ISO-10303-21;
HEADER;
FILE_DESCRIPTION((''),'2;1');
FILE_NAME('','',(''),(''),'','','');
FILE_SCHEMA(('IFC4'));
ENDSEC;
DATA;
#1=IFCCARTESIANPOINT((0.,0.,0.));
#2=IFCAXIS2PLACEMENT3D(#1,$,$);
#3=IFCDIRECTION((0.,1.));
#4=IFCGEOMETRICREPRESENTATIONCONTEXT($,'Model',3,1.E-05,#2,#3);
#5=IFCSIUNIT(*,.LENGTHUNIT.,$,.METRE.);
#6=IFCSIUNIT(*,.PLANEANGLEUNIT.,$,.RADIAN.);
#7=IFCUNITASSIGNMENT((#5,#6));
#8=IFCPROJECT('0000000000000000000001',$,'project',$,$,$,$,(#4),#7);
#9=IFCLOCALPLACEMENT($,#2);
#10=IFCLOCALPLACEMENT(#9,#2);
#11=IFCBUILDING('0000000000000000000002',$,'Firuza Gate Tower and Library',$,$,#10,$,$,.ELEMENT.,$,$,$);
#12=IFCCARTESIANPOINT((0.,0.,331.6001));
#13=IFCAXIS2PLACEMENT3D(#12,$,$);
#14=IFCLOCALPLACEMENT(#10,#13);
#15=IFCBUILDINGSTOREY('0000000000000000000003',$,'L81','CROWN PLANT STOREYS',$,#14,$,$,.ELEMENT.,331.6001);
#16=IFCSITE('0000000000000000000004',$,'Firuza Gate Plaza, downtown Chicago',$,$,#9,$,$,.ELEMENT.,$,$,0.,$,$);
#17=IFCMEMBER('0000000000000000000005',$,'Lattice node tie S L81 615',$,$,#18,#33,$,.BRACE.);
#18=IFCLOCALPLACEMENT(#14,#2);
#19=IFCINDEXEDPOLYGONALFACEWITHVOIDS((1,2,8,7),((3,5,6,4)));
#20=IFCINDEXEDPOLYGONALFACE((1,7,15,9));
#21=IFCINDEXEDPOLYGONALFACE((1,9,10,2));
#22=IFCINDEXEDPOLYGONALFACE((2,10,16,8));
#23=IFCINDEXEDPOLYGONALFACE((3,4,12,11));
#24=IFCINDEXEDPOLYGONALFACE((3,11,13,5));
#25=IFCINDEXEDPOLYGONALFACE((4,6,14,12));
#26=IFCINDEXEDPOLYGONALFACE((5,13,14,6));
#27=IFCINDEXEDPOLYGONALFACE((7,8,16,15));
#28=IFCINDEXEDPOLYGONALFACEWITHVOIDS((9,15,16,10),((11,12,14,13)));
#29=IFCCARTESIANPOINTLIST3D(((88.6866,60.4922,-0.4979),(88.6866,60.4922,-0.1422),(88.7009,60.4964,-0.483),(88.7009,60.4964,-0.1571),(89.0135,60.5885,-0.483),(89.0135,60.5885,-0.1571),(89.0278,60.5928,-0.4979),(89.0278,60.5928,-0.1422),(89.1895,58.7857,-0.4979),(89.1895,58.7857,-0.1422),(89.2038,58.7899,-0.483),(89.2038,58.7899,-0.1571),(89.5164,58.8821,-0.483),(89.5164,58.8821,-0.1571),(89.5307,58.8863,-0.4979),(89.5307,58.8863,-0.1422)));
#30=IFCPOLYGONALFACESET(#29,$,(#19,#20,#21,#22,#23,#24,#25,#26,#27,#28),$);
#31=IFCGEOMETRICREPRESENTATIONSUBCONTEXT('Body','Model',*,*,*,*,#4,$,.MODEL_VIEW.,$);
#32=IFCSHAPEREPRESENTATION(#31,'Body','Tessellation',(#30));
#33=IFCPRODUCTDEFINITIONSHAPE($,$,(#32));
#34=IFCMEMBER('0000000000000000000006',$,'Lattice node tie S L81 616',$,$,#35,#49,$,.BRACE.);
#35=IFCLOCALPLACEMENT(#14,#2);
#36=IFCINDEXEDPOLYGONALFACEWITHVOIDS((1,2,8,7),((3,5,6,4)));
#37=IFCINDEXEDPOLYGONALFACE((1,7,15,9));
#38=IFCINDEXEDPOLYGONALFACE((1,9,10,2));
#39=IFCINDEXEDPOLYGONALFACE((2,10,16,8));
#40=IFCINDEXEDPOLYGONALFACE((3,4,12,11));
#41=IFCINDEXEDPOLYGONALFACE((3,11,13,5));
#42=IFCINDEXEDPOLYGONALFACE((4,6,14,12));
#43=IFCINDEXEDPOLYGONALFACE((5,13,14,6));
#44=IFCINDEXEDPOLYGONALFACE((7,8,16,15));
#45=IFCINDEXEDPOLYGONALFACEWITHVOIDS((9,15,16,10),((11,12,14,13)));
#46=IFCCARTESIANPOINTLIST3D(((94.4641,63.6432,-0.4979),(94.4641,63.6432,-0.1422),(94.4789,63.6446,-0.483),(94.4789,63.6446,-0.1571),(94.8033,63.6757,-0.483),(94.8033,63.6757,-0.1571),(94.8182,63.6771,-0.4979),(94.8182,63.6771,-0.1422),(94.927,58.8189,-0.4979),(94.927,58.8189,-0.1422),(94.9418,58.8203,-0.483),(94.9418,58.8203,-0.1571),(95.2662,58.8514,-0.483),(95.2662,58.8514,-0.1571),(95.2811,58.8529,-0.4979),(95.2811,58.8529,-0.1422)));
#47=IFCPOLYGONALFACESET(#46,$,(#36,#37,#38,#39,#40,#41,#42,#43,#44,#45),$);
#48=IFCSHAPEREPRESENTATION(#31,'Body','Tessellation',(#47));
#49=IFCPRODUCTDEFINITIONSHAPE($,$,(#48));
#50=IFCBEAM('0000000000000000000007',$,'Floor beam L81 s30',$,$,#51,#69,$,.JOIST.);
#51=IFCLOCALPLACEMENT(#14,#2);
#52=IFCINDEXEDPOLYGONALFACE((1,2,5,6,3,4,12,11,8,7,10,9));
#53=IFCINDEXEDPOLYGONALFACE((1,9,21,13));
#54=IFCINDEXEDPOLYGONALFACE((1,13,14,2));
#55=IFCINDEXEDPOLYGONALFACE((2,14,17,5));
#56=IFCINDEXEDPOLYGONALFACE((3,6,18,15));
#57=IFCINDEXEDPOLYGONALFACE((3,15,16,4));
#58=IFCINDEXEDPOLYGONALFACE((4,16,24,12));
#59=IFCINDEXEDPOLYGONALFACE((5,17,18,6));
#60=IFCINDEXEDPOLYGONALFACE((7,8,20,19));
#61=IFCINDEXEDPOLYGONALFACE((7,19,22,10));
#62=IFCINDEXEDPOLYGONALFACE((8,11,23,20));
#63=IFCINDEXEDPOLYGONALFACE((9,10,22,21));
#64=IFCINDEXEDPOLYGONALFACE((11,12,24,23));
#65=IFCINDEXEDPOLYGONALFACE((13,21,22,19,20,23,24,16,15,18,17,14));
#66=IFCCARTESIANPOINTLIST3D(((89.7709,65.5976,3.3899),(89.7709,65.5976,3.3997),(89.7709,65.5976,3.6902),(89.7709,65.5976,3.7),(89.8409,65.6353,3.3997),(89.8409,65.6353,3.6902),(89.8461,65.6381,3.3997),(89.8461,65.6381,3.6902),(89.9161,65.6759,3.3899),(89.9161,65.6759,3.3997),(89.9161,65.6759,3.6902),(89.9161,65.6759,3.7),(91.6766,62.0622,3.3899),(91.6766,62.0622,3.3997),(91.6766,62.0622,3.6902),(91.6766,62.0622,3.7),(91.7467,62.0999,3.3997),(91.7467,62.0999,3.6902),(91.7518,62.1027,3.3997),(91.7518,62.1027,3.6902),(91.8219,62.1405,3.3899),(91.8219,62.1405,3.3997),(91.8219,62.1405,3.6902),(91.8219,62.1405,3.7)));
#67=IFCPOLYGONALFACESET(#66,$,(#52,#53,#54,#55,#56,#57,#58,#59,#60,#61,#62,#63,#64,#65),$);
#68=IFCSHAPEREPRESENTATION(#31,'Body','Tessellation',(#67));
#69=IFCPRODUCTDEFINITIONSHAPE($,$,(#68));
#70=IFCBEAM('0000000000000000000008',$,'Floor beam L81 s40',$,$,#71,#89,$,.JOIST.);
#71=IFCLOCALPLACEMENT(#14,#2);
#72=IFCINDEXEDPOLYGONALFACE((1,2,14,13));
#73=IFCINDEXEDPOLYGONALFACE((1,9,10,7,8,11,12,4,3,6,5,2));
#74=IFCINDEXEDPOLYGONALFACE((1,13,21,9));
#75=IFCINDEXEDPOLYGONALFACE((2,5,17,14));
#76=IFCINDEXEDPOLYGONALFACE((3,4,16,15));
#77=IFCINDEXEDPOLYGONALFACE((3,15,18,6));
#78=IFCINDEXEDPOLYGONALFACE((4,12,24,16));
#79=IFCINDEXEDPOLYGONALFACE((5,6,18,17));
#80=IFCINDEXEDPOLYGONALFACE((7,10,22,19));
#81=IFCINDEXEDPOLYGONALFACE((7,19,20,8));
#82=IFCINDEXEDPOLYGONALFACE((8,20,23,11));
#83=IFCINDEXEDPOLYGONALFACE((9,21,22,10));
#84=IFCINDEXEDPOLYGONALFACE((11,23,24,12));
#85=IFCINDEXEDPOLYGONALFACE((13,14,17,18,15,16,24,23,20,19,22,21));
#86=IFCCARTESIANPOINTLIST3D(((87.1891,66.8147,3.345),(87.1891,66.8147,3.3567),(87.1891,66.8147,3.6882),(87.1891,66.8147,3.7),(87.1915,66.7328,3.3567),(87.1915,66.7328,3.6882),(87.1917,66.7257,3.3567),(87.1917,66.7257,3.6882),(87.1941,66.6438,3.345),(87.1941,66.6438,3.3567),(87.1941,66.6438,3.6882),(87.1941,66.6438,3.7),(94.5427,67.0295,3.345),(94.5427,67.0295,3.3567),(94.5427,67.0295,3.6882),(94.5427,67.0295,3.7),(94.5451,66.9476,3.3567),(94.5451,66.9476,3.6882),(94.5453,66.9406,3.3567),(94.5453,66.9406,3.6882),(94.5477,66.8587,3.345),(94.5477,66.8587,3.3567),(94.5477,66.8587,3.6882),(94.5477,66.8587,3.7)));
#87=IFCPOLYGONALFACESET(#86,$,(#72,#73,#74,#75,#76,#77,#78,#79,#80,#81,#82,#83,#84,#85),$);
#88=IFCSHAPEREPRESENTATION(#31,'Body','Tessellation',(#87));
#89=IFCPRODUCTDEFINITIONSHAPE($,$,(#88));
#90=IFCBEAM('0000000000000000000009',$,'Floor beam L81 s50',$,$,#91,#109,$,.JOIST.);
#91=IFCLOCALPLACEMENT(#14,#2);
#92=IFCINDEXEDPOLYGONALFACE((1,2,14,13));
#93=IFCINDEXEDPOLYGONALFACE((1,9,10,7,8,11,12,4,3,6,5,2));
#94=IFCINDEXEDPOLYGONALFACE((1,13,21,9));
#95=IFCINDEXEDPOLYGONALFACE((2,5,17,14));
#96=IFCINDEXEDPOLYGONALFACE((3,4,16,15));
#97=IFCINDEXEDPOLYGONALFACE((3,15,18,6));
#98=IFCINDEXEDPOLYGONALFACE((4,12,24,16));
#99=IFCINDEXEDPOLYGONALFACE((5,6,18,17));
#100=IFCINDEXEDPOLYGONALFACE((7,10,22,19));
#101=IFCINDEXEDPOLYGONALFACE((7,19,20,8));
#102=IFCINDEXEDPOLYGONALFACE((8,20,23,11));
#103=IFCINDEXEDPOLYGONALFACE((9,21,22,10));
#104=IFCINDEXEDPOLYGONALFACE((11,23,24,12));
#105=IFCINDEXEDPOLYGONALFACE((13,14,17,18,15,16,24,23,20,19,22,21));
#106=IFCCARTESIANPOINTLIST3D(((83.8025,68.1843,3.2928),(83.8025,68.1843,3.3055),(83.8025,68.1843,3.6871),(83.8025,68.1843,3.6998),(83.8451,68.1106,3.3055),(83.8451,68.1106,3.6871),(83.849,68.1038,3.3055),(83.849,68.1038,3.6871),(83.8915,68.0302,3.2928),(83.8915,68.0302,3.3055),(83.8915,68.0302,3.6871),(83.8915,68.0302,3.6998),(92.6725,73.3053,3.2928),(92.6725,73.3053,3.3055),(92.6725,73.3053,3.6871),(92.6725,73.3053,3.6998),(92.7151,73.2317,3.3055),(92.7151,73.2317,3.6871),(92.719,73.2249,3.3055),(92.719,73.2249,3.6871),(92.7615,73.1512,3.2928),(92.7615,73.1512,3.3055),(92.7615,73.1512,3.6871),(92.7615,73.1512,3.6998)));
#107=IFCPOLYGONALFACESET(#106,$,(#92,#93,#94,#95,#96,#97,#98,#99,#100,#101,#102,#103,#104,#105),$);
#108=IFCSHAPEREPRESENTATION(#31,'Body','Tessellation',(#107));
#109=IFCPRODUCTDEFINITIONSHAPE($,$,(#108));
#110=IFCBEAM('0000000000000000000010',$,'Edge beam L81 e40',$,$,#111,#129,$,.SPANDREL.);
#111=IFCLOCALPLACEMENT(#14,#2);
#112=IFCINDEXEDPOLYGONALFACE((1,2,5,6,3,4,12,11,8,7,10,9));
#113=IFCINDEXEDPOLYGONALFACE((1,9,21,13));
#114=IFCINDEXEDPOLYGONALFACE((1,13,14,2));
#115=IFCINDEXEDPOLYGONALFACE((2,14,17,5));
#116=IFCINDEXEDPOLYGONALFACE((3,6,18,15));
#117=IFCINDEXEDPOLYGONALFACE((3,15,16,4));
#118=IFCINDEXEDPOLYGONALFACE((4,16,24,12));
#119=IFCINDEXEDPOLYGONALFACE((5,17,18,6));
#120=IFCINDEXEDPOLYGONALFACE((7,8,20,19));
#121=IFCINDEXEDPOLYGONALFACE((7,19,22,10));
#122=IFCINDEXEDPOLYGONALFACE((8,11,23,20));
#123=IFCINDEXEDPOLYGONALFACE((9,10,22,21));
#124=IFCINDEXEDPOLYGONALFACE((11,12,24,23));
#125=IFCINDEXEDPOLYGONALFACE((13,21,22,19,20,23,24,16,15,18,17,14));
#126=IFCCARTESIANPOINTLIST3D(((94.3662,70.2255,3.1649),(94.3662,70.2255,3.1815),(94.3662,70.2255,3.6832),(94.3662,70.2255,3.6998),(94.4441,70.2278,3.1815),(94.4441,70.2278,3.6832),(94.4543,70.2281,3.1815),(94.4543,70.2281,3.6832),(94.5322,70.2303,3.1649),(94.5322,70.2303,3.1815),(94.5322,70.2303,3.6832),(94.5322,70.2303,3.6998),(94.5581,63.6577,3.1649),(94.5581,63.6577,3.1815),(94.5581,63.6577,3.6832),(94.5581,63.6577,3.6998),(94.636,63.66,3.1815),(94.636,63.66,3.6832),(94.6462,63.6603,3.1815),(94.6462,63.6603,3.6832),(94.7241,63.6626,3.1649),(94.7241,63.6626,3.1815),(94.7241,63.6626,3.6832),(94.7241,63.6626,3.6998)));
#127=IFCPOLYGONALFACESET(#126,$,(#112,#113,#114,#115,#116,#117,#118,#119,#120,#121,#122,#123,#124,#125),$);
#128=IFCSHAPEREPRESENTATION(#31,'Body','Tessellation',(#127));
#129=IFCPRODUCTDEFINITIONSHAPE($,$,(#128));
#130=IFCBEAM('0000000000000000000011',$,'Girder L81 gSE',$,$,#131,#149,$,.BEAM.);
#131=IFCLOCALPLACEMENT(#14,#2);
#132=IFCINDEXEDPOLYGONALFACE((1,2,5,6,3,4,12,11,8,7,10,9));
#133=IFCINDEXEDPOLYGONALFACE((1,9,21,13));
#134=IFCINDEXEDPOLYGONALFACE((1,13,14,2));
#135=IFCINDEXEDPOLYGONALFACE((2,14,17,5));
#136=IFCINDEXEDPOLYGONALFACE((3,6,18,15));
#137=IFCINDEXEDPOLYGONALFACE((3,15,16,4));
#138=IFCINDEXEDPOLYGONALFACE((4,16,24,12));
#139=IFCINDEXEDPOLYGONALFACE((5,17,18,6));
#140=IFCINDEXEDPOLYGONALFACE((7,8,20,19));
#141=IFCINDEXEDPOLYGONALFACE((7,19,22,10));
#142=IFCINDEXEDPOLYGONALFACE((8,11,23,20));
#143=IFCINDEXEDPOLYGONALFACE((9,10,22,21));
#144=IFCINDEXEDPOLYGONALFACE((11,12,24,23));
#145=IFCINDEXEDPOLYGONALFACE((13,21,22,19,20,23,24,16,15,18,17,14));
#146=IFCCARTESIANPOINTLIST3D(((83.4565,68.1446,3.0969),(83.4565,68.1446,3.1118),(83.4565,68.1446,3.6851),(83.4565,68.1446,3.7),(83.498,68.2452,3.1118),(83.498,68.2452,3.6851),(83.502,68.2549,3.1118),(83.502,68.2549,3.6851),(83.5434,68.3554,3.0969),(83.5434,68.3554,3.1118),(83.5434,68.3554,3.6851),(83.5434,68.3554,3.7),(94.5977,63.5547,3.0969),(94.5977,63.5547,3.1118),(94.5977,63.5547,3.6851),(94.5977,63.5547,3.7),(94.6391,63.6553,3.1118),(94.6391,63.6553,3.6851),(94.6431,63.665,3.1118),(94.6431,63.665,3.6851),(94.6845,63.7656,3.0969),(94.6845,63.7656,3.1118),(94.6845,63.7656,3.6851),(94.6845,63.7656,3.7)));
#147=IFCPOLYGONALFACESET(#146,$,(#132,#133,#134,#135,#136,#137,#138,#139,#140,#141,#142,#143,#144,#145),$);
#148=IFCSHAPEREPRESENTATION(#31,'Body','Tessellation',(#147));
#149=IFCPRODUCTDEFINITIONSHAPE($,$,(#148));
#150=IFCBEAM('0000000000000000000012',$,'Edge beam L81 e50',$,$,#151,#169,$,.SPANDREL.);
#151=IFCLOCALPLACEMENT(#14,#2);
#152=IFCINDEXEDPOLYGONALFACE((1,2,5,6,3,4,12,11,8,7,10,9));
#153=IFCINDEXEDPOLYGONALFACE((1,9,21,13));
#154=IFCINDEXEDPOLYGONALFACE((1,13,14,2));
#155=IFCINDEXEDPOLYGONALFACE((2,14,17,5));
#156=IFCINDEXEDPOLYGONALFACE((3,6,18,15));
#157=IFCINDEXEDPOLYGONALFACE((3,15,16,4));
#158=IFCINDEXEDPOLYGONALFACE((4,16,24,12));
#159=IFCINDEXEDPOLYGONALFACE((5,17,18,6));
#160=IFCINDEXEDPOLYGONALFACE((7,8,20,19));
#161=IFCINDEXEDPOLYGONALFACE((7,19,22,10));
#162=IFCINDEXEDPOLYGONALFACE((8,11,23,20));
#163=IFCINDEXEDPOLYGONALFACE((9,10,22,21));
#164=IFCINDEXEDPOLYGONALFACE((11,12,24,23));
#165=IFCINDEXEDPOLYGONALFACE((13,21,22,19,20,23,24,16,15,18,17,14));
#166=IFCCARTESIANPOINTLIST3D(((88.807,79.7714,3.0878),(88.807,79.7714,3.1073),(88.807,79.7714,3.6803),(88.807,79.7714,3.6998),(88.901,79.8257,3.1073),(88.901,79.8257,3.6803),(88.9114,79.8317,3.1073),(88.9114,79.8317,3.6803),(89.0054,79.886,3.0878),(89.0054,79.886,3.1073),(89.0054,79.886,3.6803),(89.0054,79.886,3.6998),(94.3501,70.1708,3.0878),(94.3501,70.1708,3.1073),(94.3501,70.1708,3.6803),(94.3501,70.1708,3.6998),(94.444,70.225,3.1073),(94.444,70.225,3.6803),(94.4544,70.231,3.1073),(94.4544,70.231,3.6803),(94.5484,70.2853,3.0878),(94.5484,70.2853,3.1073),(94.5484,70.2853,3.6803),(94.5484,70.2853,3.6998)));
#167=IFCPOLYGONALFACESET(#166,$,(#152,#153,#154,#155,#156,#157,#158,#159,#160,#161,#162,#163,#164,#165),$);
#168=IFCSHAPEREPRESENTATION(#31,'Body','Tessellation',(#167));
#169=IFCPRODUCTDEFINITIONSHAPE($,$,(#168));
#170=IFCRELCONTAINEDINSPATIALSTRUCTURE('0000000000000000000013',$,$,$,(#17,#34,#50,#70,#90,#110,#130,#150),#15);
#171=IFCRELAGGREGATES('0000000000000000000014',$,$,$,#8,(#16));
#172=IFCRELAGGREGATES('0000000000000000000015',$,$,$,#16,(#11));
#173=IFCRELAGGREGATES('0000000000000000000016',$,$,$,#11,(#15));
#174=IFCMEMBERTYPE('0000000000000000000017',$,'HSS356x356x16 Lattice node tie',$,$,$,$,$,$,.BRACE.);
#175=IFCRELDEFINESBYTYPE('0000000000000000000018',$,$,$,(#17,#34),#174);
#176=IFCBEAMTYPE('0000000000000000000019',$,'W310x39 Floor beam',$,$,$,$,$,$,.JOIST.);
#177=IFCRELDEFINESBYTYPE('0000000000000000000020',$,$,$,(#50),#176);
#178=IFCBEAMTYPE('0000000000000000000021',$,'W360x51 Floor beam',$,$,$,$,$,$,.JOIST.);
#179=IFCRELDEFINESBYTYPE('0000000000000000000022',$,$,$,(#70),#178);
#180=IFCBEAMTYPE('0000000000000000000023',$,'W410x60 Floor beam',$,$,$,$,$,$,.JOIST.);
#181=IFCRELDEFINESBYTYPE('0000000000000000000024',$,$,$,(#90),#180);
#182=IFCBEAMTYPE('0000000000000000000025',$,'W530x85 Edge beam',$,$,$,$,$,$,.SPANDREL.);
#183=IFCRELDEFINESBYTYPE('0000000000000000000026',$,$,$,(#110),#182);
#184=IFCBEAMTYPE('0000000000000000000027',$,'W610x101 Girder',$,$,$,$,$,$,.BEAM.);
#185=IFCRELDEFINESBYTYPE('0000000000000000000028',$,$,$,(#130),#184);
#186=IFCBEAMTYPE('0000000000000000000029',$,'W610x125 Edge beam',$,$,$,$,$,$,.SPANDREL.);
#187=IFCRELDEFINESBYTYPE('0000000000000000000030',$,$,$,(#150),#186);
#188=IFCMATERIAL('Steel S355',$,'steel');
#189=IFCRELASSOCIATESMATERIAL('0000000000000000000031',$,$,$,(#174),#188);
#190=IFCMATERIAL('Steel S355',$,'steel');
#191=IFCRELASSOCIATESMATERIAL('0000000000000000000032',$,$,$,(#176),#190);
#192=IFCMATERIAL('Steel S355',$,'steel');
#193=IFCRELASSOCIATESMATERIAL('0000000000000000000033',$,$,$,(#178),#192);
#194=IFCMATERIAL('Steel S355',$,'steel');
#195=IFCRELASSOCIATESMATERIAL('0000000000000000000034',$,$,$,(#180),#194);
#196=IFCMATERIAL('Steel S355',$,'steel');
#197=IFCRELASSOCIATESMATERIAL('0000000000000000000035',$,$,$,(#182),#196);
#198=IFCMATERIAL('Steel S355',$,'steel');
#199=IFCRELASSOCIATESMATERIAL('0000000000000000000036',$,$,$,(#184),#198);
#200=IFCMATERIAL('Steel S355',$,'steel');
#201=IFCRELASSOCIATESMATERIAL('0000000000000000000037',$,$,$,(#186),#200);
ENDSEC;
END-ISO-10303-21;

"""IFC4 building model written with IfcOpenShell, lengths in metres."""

from ifc_helpers import new_model, si_unit, direction, frame, origin, origin_2d, place, context, subcontext, project, spatial, hollow_rectangle, i_section, extrude, material, material_profile, profile_set, type_object, element, save


model = new_model("IFC4")

# Units and contexts
model_context = context("Model", 3, precision=1e-05, world=origin(), true_north=direction((0.0, 1.0)))
body_context = subcontext(model_context, "Body", "Model", "MODEL_VIEW")
ifc_project = project(units=[si_unit("LENGTHUNIT", "METRE"), si_unit("PLANEANGLEUNIT", "RADIAN")], contexts=[model_context])

# Site, building, storey
site_placement = place(None, origin())
site = spatial("IfcSite", under=ifc_project, at=site_placement, Name="Firuza Gate Plaza, downtown Chicago", CompositionType="ELEMENT", RefElevation=0.0)
building_placement = place(site_placement, origin())
building = spatial("IfcBuilding", under=site, at=building_placement, Name="Firuza Gate Tower and Library", CompositionType="ELEMENT")
storey_placement = place(building_placement, frame((0.0, 0.0, 331.6001)))
storey = spatial("IfcBuildingStorey", under=building, at=storey_placement, Name="L81", Description="CROWN PLANT STOREYS", CompositionType="ELEMENT", Elevation=331.6001)

# Members
ifc_material_1 = material(Name="Steel S355", Category="steel")
ifc_material_profile_1 = material_profile(ifc_material_1, hollow_rectangle(XDim=0.3557, YDim=0.3557, WallThickness=0.0149, at=origin_2d()))
ifc_profile_set_1 = profile_set([ifc_material_profile_1], Name="Steel S355")
member_type_1 = type_object("IfcMemberType", Name="HSS356x356x16 Lattice node tie", PredefinedType="BRACE", material=ifc_profile_set_1)
member_1_placement = place(storey_placement, frame((88.8572, 60.5425, -0.3201), z_axis=(0.282686, -0.959212, 0.0), x_axis=(0.959212, 0.282686, 0.0)))
element("IfcMember", 1, at=member_1_placement, inside=storey, type_object=member_type_1, Name="Lattice node tie S L81 615", PredefinedType="BRACE", context=body_context, shape_type="SweptSolid", body=[
    extrude(hollow_rectangle(XDim=0.3557, YDim=0.3557, WallThickness=0.0149, at=origin_2d()), origin(), (0.0, 0.0, 1.0), 1.7791),
])
member_2_placement = place(storey_placement, frame((94.6411, 63.6602, -0.3201), z_axis=(0.095513, -0.995428, 0.0), x_axis=(0.995428, 0.095513, 0.0)))
element("IfcMember", 2, at=member_2_placement, inside=storey, type_object=member_type_1, Name="Lattice node tie S L81 616", PredefinedType="BRACE", context=body_context, shape_type="SweptSolid", body=[
    extrude(hollow_rectangle(XDim=0.3557, YDim=0.3557, WallThickness=0.0149, at=origin_2d()), origin(), (0.0, 0.0, 1.0), 4.8464),
])

# Beams
ifc_material_2 = material(Name="Steel S355", Category="steel")
ifc_material_profile_2 = material_profile(ifc_material_2, i_section(OverallWidth=0.165, OverallDepth=0.3101, WebThickness=0.0059, FlangeThickness=0.0098, at=origin_2d()))
ifc_profile_set_2 = profile_set([ifc_material_profile_2], Name="Steel S355")
beam_type_1 = type_object("IfcBeamType", Name="W310x39 Floor beam", PredefinedType="JOIST", material=ifc_profile_set_2)
beam_1_placement = place(storey_placement, frame((91.7493, 62.1013, 3.5449), z_axis=(-0.474502, 0.880254, 0.0), x_axis=(-0.880254, -0.474502, 0.0)))
element("IfcBeam", 3, at=beam_1_placement, inside=storey, type_object=beam_type_1, Name="Floor beam L81 s30", PredefinedType="JOIST", context=body_context, shape_type="SweptSolid", body=[
    extrude(i_section(OverallWidth=0.165, OverallDepth=0.3101, WebThickness=0.0059, FlangeThickness=0.0098, at=origin_2d()), origin(), (0.0, 0.0, 1.0), 4.0164),
])
ifc_material_3 = material(Name="Steel S355", Category="steel")
ifc_material_profile_3 = material_profile(ifc_material_3, i_section(OverallWidth=0.1709, OverallDepth=0.355, WebThickness=0.0071, FlangeThickness=0.0117, at=origin_2d()))
ifc_profile_set_3 = profile_set([ifc_material_profile_3], Name="Steel S355")
beam_type_2 = type_object("IfcBeamType", Name="W360x51 Floor beam", PredefinedType="JOIST", material=ifc_profile_set_3)
beam_2_placement = place(storey_placement, frame((94.5452, 66.9441, 3.5225), z_axis=(-0.999573, -0.029204, 0.0), x_axis=(0.029204, -0.999573, 0.0)))
element("IfcBeam", 4, at=beam_2_placement, inside=storey, type_object=beam_type_2, Name="Floor beam L81 s40", PredefinedType="JOIST", context=body_context, shape_type="SweptSolid", body=[
    extrude(i_section(OverallWidth=0.1709, OverallDepth=0.355, WebThickness=0.0071, FlangeThickness=0.0117, at=origin_2d()), origin(), (0.0, 0.0, 1.0), 7.3567),
])
ifc_material_4 = material(Name="Steel S355", Category="steel")
ifc_material_profile_4 = material_profile(ifc_material_4, i_section(OverallWidth=0.178, OverallDepth=0.407, WebThickness=0.0078, FlangeThickness=0.0127, at=origin_2d()))
ifc_profile_set_4 = profile_set([ifc_material_profile_4], Name="Steel S355")
beam_type_3 = type_object("IfcBeamType", Name="W410x60 Floor beam", PredefinedType="JOIST", material=ifc_profile_set_4)
beam_3_placement = place(storey_placement, frame((92.717, 73.2283, 3.4963), z_axis=(-0.866028, -0.499995, 0.0), x_axis=(0.499995, -0.866028, 0.0)))
element("IfcBeam", 5, at=beam_3_placement, inside=storey, type_object=beam_type_3, Name="Floor beam L81 s50", PredefinedType="JOIST", context=body_context, shape_type="SweptSolid", body=[
    extrude(i_section(OverallWidth=0.178, OverallDepth=0.407, WebThickness=0.0078, FlangeThickness=0.0127, at=origin_2d()), origin(), (0.0, 0.0, 1.0), 10.2422),
])
ifc_material_5 = material(Name="Steel S355", Category="steel")
ifc_material_profile_5 = material_profile(ifc_material_5, i_section(OverallWidth=0.166, OverallDepth=0.5349, WebThickness=0.0103, FlangeThickness=0.0166, at=origin_2d()))
ifc_profile_set_5 = profile_set([ifc_material_profile_5], Name="Steel S355")
beam_type_4 = type_object("IfcBeamType", Name="W530x85 Edge beam", PredefinedType="SPANDREL", material=ifc_profile_set_5)
beam_4_placement = place(storey_placement, frame((94.6411, 63.6602, 3.4324), z_axis=(-0.029205, 0.999573, 0.0), x_axis=(-0.999573, -0.029205, 0.0)))
element("IfcBeam", 6, at=beam_4_placement, inside=storey, type_object=beam_type_4, Name="Edge beam L81 e40", PredefinedType="SPANDREL", context=body_context, shape_type="SweptSolid", body=[
    extrude(i_section(OverallWidth=0.166, OverallDepth=0.5349, WebThickness=0.0103, FlangeThickness=0.0166, at=origin_2d()), origin(), (0.0, 0.0, 1.0), 6.5706),
])
ifc_material_6 = material(Name="Steel S355", Category="steel")
ifc_material_profile_6 = material_profile(ifc_material_6, i_section(OverallWidth=0.228, OverallDepth=0.603, WebThickness=0.0105, FlangeThickness=0.0149, at=origin_2d()))
ifc_profile_set_6 = profile_set([ifc_material_profile_6], Name="Steel S355")
beam_type_5 = type_object("IfcBeamType", Name="W610x101 Girder", PredefinedType="BEAM", material=ifc_profile_set_6)
beam_5_placement = place(storey_placement, frame((94.6411, 63.6602, 3.3984), z_axis=(-0.92461, 0.380915, 0.0), x_axis=(-0.380915, -0.92461, 0.0)))
element("IfcBeam", 7, at=beam_5_placement, inside=storey, type_object=beam_type_5, Name="Girder L81 gSE", PredefinedType="BEAM", context=body_context, shape_type="SweptSolid", body=[
    extrude(i_section(OverallWidth=0.228, OverallDepth=0.603, WebThickness=0.0105, FlangeThickness=0.0149, at=origin_2d()), origin(), (0.0, 0.0, 1.0), 12.0496),
])
ifc_material_7 = material(Name="Steel S355", Category="steel")
ifc_material_profile_7 = material_profile(ifc_material_7, i_section(OverallWidth=0.229, OverallDepth=0.6121, WebThickness=0.012, FlangeThickness=0.0195, at=origin_2d()))
ifc_profile_set_7 = profile_set([ifc_material_profile_7], Name="Steel S355")
beam_type_6 = type_object("IfcBeamType", Name="W610x125 Edge beam", PredefinedType="SPANDREL", material=ifc_profile_set_7)
beam_6_placement = place(storey_placement, frame((94.4492, 70.228, 3.3938), z_axis=(-0.500005, 0.866023, 0.0), x_axis=(-0.866023, -0.500005, 0.0)))
element("IfcBeam", 8, at=beam_6_placement, inside=storey, type_object=beam_type_6, Name="Edge beam L81 e50", PredefinedType="SPANDREL", context=body_context, shape_type="SweptSolid", body=[
    extrude(i_section(OverallWidth=0.229, OverallDepth=0.6121, WebThickness=0.012, FlangeThickness=0.0195, at=origin_2d()), origin(), (0.0, 0.0, 1.0), 11.0859),
])

save(model, "model.ifc")
